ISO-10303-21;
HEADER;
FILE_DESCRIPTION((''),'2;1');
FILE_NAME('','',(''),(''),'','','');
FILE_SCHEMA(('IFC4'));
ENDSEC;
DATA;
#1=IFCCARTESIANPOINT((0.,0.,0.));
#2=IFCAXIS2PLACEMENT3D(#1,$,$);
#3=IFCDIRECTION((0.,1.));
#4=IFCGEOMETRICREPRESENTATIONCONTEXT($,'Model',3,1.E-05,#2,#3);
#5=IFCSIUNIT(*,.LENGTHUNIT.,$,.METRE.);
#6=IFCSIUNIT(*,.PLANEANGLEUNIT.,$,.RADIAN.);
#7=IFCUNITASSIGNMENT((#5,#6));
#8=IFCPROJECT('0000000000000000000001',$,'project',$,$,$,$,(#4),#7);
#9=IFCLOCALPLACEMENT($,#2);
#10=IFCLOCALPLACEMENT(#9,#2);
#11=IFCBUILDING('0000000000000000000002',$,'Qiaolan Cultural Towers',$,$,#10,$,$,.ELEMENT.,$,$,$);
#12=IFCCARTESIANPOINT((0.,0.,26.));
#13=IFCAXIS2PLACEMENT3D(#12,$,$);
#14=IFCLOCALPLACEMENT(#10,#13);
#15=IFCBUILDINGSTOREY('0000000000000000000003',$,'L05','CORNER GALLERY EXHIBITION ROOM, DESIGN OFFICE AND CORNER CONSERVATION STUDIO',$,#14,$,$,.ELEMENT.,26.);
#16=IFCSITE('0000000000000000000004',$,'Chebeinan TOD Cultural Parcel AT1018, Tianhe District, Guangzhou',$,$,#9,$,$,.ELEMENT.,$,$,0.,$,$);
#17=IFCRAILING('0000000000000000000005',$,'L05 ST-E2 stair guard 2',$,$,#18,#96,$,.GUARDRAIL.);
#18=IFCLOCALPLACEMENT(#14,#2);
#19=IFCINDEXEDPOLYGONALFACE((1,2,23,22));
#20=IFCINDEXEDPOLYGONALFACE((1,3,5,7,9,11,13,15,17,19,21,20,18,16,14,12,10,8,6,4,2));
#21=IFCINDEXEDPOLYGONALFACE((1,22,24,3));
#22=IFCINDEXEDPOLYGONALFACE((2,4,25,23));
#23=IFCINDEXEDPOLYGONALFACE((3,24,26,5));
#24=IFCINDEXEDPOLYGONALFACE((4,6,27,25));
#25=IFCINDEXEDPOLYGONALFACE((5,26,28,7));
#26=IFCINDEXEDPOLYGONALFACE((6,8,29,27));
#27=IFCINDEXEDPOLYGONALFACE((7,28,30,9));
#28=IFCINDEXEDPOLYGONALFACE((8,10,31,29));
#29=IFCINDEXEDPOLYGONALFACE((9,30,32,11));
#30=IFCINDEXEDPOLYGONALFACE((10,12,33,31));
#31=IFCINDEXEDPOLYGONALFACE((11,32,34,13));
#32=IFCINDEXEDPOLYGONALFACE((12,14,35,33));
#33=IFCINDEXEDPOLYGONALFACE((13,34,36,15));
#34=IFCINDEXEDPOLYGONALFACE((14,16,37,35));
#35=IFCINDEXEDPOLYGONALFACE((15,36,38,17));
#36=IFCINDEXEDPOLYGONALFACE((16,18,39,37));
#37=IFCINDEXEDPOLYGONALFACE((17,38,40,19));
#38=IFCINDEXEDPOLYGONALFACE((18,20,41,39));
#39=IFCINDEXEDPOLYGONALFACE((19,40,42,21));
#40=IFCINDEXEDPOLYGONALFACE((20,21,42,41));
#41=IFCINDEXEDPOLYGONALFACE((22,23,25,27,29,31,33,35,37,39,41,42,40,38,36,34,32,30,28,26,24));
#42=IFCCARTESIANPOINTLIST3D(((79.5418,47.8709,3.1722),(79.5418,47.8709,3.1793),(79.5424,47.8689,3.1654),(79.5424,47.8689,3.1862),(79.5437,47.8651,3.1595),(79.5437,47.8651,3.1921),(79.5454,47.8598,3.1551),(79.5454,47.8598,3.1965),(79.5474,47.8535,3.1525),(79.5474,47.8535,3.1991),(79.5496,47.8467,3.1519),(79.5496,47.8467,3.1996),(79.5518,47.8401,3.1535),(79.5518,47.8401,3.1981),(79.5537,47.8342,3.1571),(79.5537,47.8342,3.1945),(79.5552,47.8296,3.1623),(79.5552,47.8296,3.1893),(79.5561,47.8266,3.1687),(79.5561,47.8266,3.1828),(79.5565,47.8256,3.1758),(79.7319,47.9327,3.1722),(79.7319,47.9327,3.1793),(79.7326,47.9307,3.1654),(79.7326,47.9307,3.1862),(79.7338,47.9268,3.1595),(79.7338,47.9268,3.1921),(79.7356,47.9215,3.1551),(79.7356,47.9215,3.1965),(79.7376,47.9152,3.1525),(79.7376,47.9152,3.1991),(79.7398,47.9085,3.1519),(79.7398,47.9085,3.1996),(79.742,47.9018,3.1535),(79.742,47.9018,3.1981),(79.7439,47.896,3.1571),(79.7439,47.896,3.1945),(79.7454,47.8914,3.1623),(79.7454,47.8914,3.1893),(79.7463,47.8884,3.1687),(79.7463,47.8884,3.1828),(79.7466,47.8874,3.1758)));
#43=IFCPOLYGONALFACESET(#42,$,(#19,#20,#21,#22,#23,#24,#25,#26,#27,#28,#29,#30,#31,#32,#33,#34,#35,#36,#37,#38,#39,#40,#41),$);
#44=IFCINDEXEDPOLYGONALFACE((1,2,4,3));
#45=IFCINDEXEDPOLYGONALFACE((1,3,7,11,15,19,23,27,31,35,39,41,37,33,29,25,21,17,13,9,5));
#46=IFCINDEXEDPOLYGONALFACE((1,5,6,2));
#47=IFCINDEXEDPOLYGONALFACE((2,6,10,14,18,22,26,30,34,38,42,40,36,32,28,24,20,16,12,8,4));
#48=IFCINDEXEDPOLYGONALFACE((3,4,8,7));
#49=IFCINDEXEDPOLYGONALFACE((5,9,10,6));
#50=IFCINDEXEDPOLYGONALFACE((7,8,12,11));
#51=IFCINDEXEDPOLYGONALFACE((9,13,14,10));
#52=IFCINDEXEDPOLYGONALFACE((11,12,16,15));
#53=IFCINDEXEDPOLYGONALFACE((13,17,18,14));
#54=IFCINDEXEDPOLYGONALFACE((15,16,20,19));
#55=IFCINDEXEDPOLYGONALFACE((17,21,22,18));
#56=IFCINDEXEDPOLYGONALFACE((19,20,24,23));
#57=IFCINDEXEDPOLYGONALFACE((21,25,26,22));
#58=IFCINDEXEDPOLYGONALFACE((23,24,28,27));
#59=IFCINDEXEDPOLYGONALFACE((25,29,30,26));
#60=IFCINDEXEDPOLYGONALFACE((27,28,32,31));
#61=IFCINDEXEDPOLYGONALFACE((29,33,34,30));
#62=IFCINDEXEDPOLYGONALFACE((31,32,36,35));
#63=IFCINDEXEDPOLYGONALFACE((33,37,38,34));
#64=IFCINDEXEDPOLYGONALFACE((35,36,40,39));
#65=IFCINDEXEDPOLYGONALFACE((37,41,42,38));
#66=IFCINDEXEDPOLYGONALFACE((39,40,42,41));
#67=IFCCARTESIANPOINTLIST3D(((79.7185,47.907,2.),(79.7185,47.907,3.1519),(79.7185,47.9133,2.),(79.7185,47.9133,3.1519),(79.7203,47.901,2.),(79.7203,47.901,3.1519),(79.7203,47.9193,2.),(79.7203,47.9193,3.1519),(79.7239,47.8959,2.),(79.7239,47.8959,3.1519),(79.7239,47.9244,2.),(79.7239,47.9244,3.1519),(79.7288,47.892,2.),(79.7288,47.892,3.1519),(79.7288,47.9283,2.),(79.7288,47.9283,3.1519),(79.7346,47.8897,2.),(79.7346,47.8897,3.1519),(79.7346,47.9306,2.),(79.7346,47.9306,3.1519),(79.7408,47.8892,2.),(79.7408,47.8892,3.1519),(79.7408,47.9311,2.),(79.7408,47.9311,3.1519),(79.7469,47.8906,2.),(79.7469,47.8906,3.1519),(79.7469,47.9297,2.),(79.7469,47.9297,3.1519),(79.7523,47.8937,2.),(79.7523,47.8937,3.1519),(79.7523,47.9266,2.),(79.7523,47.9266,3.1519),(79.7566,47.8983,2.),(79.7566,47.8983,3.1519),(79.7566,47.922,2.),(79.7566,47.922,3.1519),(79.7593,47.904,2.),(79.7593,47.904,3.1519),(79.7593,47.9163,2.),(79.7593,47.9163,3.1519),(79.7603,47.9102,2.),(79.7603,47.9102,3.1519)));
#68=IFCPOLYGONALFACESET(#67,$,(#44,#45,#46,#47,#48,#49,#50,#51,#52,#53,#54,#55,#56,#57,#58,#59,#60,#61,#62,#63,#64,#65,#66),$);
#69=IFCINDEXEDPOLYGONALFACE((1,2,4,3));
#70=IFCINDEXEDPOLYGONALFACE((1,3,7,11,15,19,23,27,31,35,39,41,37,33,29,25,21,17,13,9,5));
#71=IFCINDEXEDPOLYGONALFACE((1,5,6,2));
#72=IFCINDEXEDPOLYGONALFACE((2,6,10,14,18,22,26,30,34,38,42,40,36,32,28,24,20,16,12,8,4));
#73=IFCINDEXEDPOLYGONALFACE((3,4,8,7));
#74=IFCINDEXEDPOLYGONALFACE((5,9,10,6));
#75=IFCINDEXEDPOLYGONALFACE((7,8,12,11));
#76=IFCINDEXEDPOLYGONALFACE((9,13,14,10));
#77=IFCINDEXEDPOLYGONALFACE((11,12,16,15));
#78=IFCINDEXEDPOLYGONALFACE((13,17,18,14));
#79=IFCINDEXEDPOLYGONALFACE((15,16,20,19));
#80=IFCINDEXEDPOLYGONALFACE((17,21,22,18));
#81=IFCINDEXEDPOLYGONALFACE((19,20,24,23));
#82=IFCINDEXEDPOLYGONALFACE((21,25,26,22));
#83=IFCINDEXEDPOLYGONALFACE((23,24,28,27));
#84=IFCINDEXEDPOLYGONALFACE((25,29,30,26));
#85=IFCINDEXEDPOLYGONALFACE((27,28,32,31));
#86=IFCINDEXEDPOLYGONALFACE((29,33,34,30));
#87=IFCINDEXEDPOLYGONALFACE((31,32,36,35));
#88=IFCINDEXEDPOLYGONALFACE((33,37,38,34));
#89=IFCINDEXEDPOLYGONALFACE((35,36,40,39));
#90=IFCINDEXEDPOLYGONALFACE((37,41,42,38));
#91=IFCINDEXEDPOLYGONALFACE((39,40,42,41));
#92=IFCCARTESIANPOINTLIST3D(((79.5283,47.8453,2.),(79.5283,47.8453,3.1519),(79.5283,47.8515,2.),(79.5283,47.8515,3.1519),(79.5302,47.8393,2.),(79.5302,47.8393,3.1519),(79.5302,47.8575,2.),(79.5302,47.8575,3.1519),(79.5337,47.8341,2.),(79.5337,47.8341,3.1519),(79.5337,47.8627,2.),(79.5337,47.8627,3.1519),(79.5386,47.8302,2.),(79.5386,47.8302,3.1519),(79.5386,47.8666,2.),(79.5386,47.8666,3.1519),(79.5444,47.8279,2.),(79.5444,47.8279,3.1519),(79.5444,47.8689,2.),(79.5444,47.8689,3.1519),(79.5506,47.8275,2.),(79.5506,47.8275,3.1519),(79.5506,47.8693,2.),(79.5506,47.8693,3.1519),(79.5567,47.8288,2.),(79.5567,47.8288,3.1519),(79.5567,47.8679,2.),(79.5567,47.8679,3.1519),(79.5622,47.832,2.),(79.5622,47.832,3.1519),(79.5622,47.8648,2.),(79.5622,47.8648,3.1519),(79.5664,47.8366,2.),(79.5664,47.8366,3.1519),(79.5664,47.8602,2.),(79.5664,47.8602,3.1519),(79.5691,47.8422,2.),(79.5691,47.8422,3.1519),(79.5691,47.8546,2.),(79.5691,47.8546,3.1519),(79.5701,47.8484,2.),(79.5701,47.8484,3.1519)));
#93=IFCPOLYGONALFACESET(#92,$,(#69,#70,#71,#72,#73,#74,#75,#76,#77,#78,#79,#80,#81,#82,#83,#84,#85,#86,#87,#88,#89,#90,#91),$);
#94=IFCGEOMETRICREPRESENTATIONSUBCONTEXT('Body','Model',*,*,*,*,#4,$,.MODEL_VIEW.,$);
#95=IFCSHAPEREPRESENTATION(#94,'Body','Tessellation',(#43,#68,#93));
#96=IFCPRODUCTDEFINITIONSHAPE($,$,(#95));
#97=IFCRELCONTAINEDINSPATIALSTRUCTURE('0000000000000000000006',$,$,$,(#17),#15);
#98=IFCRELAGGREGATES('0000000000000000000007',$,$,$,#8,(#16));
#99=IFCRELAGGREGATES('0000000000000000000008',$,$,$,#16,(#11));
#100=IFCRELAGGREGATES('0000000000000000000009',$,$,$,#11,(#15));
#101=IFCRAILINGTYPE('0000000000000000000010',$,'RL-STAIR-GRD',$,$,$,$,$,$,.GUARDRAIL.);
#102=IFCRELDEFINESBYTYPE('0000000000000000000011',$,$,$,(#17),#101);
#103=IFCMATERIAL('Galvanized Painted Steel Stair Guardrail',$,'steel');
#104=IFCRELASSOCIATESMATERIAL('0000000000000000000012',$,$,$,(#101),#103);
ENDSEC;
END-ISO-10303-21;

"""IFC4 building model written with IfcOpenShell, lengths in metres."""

from ifc_helpers import new_model, si_unit, direction, frame, origin, origin_2d, place, context, subcontext, project, spatial, circle, extrude, material, type_object, element, save


model = new_model("IFC4")

# Units and contexts
model_context = context("Model", 3, precision=1e-05, world=origin(), true_north=direction((0.0, 1.0)))
body_context = subcontext(model_context, "Body", "Model", "MODEL_VIEW")
ifc_project = project(units=[si_unit("LENGTHUNIT", "METRE"), si_unit("PLANEANGLEUNIT", "RADIAN")], contexts=[model_context])

# Site, building, storey
site_placement = place(None, origin())
site = spatial("IfcSite", under=ifc_project, at=site_placement, Name="Chebeinan TOD Cultural Parcel AT1018, Tianhe District, Guangzhou", CompositionType="ELEMENT", RefElevation=0.0)
building_placement = place(site_placement, origin())
building = spatial("IfcBuilding", under=site, at=building_placement, Name="Qiaolan Cultural Towers", CompositionType="ELEMENT")
storey_placement = place(building_placement, frame((0.0, 0.0, 26.0)))
storey = spatial("IfcBuildingStorey", under=building, at=storey_placement, Name="L05", Description="CORNER GALLERY EXHIBITION ROOM, DESIGN OFFICE AND CORNER CONSERVATION STUDIO", CompositionType="ELEMENT", Elevation=26.0)

# Railing
ifc_material_1 = material(Name="Galvanized Painted Steel Stair Guardrail", Category="steel")
railing_type_1 = type_object("IfcRailingType", Name="RL-STAIR-GRD", PredefinedType="GUARDRAIL", material=ifc_material_1)
railing_1_placement = place(storey_placement, frame((79.7393, 47.9102, 2.0)))
element("IfcRailing", 1, at=railing_1_placement, inside=storey, type_object=railing_type_1, Name="L05 ST-E2 stair guard 2", PredefinedType="GUARDRAIL", context=body_context, shape_type="SweptSolid", body=[
    extrude(circle(Radius=0.0239, at=origin_2d()), frame((0.0, 0.0, 1.1758), z_axis=(-0.951097, -0.308893, 0.0), x_axis=(0.308893, -0.951097, 0.0)), (0.0, 0.0, 1.0), 0.2),
    extrude(circle(Radius=0.021, at=origin_2d()), origin(), (0.0, 0.0, 1.0), 1.1519),
    extrude(circle(Radius=0.021, at=origin_2d()), frame((-0.1902, -0.0618, 0.0)), (0.0, 0.0, 1.0), 1.1519),
])

save(model, "model.ifc")
